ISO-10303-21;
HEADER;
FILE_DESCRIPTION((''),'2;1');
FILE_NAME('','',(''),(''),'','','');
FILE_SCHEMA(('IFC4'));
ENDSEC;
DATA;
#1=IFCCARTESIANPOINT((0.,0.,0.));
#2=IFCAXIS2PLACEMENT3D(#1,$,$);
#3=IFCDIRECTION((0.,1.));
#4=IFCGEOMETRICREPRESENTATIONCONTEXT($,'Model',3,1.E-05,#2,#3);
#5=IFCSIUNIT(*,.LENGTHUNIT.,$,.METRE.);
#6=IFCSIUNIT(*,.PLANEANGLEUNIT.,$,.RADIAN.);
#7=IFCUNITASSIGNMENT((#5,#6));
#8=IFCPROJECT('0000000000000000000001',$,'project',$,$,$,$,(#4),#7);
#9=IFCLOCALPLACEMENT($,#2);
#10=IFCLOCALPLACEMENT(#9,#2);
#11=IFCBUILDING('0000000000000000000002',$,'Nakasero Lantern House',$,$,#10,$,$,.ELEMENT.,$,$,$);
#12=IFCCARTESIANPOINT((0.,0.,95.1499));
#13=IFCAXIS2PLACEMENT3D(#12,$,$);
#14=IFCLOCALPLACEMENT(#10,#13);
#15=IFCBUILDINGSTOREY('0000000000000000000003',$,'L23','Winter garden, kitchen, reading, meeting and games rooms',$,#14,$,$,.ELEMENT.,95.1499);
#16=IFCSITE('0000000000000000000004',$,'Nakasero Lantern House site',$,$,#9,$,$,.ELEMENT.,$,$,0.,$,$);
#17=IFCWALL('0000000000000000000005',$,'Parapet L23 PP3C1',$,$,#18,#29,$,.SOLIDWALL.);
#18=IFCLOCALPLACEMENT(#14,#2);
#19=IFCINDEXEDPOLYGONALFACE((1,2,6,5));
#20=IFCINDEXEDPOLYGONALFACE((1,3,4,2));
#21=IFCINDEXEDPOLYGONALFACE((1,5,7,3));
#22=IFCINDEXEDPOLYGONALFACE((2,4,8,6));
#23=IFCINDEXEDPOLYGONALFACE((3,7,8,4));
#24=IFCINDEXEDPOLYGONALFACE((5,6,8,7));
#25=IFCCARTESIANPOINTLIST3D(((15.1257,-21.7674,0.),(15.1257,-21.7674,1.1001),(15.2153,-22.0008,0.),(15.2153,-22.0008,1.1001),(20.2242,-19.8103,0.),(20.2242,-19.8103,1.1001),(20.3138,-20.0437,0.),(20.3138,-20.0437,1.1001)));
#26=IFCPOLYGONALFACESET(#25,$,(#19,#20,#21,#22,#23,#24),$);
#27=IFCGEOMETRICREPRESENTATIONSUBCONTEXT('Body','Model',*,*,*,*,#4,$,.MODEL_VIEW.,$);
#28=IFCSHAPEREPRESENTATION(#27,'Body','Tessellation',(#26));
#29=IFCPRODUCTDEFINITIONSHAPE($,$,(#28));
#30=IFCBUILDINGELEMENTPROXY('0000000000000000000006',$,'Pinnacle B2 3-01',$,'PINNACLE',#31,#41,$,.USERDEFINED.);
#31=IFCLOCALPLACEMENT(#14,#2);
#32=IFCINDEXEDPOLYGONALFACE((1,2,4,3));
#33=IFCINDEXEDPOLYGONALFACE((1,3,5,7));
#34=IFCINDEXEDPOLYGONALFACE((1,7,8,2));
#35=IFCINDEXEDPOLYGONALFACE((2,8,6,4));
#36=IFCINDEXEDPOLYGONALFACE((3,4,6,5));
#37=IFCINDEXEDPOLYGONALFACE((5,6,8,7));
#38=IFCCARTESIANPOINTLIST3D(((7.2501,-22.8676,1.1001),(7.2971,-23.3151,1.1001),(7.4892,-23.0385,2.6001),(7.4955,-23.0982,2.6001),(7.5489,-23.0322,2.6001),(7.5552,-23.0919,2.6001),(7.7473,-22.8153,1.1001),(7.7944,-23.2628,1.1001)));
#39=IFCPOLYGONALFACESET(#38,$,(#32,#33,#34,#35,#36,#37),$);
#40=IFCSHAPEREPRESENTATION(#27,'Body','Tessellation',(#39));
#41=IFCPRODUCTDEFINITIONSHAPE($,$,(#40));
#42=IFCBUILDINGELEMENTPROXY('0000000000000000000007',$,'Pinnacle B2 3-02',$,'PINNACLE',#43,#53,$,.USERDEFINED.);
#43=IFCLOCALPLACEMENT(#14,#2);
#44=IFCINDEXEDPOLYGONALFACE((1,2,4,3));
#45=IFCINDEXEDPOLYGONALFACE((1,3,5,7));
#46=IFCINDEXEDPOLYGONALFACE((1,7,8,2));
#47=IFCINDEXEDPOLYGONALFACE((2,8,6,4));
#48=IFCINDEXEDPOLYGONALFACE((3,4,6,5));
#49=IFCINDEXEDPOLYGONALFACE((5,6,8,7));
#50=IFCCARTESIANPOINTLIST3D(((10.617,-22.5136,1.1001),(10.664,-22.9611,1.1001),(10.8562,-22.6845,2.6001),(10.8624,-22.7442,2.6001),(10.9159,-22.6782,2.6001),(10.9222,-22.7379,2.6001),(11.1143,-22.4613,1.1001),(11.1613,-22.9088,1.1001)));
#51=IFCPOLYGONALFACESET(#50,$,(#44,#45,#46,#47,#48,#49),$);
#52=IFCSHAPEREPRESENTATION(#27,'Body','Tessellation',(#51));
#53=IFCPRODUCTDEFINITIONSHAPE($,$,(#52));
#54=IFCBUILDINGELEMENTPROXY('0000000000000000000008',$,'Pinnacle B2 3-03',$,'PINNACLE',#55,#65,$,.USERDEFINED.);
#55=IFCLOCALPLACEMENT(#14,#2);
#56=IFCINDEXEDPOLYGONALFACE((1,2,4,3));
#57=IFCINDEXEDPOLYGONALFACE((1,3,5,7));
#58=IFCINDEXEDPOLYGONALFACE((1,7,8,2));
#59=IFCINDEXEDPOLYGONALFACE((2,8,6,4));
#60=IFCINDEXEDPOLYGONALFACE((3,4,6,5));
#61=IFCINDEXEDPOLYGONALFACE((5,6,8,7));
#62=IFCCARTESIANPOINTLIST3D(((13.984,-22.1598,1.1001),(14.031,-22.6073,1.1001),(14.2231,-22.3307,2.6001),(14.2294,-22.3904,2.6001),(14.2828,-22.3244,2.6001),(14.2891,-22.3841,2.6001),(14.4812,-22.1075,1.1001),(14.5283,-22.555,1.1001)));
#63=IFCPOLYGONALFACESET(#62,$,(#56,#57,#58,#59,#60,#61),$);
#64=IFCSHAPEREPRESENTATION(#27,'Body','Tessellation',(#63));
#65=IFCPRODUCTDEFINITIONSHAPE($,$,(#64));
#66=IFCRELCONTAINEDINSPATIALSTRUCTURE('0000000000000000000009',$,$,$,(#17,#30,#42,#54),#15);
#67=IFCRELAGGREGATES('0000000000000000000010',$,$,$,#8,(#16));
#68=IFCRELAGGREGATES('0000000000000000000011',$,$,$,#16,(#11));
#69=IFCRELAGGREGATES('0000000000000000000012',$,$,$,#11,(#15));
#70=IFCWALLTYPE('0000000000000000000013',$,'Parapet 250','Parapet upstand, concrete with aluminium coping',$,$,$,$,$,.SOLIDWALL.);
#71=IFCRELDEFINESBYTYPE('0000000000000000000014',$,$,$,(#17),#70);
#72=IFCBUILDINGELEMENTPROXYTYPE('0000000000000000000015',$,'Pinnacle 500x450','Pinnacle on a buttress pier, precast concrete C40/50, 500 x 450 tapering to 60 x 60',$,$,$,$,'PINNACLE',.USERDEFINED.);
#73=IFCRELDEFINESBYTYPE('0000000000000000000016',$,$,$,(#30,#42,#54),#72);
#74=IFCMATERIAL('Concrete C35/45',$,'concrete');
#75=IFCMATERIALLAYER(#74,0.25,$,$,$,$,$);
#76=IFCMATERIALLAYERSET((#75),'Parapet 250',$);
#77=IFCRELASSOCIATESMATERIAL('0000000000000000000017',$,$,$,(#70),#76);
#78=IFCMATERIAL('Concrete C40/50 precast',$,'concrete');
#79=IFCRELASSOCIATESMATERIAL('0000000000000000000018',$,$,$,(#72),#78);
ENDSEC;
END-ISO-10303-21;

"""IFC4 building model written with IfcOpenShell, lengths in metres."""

from ifc_helpers import new_model, entity, si_unit, direction, frame, frame_2d, origin, place, context, subcontext, project, spatial, rectangle, extrude, material, layer, layer_set, type_object, element, save


model = new_model("IFC4")

# Units and contexts
model_context = context("Model", 3, precision=1e-05, world=origin(), true_north=direction((0.0, 1.0)))
body_context = subcontext(model_context, "Body", "Model", "MODEL_VIEW")
ifc_project = project(units=[si_unit("LENGTHUNIT", "METRE"), si_unit("PLANEANGLEUNIT", "RADIAN")], contexts=[model_context])

# Site, building, storey
site_placement = place(None, origin())
site = spatial("IfcSite", under=ifc_project, at=site_placement, Name="Nakasero Lantern House site", CompositionType="ELEMENT", RefElevation=0.0)
building_placement = place(site_placement, origin())
building = spatial("IfcBuilding", under=site, at=building_placement, Name="Nakasero Lantern House", CompositionType="ELEMENT")
storey_placement = place(building_placement, frame((0.0, 0.0, 95.1499)))
storey = spatial("IfcBuildingStorey", under=building, at=storey_placement, Name="L23", Description="Winter garden, kitchen, reading, meeting and games rooms", CompositionType="ELEMENT", Elevation=95.1499)

# Wall
ifc_material_1 = material(Name="Concrete C35/45", Category="concrete")
ifc_layer_1 = layer(ifc_material_1, 0.25)
ifc_layer_set_1 = layer_set([ifc_layer_1], Name="Parapet 250")
wall_type = type_object("IfcWallType", Name="Parapet 250", Description="Parapet upstand, concrete with aluminium coping", PredefinedType="SOLIDWALL", material=ifc_layer_set_1)
wall_placement = place(storey_placement, frame((15.1707, -21.884, 0.0), z_axis=(0.0, 0.0, 1.0), x_axis=(0.933584, 0.358359, 0.0)))
element("IfcWall", 1, at=wall_placement, inside=storey, type_object=wall_type, Name="Parapet L23 PP3C1", PredefinedType="SOLIDWALL", context=body_context, shape_type="SweptSolid", body=[
    extrude(rectangle(XDim=5.4612, YDim=0.25, at=frame_2d((2.7305, 0.0))), origin(), (0.0, 0.0, 1.0), 1.1001),
])

# Building element proxies
ifc_material_2 = material(Name="Concrete C40/50 precast", Category="concrete")
building_element_proxy_type = type_object("IfcBuildingElementProxyType", Name="Pinnacle 500x450", Description="Pinnacle on a buttress pier, precast concrete C40/50, 500 x 450 tapering to 60 x 60", ElementType="PINNACLE", PredefinedType="USERDEFINED", material=ifc_material_2)
for number, where, z_axis, x_axis, name in (
    (2, (7.5222, -23.0652, 1.1001), (0.0, 0.0, 1.0), (0.104528, -0.994522, 0.0), "Pinnacle B2 3-01"),
    (3, (10.8892, -22.7112, 1.1001), (0.0, 0.0, 1.0), (0.104528, -0.994522, 0.0), "Pinnacle B2 3-02"),
    (4, (14.2561, -22.3574, 1.1001), (0.0, 0.0, 1.0), (0.104528, -0.994522, 0.0), "Pinnacle B2 3-03"),
):
    element("IfcBuildingElementProxy", number, at=place(storey_placement, frame(where, z_axis=z_axis, x_axis=x_axis)), inside=storey, type_object=building_element_proxy_type, Name=name, ObjectType="PINNACLE", PredefinedType="USERDEFINED", context=body_context, shape_type="SweptSolid", body=[
        entity("IfcExtrudedAreaSolidTapered", entity("IfcRectangleProfileDef", "AREA", None, entity("IfcAxis2Placement2D", entity("IfcCartesianPoint", [0.0, 0.0])), 0.45, 0.5), entity("IfcAxis2Placement3D", entity("IfcCartesianPoint", [0.0, 0.0, 0.0])), entity("IfcDirection", [0.0, 0.0, 1.0]), 1.5, entity("IfcRectangleProfileDef", "AREA", None, entity("IfcAxis2Placement2D", entity("IfcCartesianPoint", [0.0, 0.0])), 0.0601, 0.0601)),
    ])

save(model, "model.ifc")
